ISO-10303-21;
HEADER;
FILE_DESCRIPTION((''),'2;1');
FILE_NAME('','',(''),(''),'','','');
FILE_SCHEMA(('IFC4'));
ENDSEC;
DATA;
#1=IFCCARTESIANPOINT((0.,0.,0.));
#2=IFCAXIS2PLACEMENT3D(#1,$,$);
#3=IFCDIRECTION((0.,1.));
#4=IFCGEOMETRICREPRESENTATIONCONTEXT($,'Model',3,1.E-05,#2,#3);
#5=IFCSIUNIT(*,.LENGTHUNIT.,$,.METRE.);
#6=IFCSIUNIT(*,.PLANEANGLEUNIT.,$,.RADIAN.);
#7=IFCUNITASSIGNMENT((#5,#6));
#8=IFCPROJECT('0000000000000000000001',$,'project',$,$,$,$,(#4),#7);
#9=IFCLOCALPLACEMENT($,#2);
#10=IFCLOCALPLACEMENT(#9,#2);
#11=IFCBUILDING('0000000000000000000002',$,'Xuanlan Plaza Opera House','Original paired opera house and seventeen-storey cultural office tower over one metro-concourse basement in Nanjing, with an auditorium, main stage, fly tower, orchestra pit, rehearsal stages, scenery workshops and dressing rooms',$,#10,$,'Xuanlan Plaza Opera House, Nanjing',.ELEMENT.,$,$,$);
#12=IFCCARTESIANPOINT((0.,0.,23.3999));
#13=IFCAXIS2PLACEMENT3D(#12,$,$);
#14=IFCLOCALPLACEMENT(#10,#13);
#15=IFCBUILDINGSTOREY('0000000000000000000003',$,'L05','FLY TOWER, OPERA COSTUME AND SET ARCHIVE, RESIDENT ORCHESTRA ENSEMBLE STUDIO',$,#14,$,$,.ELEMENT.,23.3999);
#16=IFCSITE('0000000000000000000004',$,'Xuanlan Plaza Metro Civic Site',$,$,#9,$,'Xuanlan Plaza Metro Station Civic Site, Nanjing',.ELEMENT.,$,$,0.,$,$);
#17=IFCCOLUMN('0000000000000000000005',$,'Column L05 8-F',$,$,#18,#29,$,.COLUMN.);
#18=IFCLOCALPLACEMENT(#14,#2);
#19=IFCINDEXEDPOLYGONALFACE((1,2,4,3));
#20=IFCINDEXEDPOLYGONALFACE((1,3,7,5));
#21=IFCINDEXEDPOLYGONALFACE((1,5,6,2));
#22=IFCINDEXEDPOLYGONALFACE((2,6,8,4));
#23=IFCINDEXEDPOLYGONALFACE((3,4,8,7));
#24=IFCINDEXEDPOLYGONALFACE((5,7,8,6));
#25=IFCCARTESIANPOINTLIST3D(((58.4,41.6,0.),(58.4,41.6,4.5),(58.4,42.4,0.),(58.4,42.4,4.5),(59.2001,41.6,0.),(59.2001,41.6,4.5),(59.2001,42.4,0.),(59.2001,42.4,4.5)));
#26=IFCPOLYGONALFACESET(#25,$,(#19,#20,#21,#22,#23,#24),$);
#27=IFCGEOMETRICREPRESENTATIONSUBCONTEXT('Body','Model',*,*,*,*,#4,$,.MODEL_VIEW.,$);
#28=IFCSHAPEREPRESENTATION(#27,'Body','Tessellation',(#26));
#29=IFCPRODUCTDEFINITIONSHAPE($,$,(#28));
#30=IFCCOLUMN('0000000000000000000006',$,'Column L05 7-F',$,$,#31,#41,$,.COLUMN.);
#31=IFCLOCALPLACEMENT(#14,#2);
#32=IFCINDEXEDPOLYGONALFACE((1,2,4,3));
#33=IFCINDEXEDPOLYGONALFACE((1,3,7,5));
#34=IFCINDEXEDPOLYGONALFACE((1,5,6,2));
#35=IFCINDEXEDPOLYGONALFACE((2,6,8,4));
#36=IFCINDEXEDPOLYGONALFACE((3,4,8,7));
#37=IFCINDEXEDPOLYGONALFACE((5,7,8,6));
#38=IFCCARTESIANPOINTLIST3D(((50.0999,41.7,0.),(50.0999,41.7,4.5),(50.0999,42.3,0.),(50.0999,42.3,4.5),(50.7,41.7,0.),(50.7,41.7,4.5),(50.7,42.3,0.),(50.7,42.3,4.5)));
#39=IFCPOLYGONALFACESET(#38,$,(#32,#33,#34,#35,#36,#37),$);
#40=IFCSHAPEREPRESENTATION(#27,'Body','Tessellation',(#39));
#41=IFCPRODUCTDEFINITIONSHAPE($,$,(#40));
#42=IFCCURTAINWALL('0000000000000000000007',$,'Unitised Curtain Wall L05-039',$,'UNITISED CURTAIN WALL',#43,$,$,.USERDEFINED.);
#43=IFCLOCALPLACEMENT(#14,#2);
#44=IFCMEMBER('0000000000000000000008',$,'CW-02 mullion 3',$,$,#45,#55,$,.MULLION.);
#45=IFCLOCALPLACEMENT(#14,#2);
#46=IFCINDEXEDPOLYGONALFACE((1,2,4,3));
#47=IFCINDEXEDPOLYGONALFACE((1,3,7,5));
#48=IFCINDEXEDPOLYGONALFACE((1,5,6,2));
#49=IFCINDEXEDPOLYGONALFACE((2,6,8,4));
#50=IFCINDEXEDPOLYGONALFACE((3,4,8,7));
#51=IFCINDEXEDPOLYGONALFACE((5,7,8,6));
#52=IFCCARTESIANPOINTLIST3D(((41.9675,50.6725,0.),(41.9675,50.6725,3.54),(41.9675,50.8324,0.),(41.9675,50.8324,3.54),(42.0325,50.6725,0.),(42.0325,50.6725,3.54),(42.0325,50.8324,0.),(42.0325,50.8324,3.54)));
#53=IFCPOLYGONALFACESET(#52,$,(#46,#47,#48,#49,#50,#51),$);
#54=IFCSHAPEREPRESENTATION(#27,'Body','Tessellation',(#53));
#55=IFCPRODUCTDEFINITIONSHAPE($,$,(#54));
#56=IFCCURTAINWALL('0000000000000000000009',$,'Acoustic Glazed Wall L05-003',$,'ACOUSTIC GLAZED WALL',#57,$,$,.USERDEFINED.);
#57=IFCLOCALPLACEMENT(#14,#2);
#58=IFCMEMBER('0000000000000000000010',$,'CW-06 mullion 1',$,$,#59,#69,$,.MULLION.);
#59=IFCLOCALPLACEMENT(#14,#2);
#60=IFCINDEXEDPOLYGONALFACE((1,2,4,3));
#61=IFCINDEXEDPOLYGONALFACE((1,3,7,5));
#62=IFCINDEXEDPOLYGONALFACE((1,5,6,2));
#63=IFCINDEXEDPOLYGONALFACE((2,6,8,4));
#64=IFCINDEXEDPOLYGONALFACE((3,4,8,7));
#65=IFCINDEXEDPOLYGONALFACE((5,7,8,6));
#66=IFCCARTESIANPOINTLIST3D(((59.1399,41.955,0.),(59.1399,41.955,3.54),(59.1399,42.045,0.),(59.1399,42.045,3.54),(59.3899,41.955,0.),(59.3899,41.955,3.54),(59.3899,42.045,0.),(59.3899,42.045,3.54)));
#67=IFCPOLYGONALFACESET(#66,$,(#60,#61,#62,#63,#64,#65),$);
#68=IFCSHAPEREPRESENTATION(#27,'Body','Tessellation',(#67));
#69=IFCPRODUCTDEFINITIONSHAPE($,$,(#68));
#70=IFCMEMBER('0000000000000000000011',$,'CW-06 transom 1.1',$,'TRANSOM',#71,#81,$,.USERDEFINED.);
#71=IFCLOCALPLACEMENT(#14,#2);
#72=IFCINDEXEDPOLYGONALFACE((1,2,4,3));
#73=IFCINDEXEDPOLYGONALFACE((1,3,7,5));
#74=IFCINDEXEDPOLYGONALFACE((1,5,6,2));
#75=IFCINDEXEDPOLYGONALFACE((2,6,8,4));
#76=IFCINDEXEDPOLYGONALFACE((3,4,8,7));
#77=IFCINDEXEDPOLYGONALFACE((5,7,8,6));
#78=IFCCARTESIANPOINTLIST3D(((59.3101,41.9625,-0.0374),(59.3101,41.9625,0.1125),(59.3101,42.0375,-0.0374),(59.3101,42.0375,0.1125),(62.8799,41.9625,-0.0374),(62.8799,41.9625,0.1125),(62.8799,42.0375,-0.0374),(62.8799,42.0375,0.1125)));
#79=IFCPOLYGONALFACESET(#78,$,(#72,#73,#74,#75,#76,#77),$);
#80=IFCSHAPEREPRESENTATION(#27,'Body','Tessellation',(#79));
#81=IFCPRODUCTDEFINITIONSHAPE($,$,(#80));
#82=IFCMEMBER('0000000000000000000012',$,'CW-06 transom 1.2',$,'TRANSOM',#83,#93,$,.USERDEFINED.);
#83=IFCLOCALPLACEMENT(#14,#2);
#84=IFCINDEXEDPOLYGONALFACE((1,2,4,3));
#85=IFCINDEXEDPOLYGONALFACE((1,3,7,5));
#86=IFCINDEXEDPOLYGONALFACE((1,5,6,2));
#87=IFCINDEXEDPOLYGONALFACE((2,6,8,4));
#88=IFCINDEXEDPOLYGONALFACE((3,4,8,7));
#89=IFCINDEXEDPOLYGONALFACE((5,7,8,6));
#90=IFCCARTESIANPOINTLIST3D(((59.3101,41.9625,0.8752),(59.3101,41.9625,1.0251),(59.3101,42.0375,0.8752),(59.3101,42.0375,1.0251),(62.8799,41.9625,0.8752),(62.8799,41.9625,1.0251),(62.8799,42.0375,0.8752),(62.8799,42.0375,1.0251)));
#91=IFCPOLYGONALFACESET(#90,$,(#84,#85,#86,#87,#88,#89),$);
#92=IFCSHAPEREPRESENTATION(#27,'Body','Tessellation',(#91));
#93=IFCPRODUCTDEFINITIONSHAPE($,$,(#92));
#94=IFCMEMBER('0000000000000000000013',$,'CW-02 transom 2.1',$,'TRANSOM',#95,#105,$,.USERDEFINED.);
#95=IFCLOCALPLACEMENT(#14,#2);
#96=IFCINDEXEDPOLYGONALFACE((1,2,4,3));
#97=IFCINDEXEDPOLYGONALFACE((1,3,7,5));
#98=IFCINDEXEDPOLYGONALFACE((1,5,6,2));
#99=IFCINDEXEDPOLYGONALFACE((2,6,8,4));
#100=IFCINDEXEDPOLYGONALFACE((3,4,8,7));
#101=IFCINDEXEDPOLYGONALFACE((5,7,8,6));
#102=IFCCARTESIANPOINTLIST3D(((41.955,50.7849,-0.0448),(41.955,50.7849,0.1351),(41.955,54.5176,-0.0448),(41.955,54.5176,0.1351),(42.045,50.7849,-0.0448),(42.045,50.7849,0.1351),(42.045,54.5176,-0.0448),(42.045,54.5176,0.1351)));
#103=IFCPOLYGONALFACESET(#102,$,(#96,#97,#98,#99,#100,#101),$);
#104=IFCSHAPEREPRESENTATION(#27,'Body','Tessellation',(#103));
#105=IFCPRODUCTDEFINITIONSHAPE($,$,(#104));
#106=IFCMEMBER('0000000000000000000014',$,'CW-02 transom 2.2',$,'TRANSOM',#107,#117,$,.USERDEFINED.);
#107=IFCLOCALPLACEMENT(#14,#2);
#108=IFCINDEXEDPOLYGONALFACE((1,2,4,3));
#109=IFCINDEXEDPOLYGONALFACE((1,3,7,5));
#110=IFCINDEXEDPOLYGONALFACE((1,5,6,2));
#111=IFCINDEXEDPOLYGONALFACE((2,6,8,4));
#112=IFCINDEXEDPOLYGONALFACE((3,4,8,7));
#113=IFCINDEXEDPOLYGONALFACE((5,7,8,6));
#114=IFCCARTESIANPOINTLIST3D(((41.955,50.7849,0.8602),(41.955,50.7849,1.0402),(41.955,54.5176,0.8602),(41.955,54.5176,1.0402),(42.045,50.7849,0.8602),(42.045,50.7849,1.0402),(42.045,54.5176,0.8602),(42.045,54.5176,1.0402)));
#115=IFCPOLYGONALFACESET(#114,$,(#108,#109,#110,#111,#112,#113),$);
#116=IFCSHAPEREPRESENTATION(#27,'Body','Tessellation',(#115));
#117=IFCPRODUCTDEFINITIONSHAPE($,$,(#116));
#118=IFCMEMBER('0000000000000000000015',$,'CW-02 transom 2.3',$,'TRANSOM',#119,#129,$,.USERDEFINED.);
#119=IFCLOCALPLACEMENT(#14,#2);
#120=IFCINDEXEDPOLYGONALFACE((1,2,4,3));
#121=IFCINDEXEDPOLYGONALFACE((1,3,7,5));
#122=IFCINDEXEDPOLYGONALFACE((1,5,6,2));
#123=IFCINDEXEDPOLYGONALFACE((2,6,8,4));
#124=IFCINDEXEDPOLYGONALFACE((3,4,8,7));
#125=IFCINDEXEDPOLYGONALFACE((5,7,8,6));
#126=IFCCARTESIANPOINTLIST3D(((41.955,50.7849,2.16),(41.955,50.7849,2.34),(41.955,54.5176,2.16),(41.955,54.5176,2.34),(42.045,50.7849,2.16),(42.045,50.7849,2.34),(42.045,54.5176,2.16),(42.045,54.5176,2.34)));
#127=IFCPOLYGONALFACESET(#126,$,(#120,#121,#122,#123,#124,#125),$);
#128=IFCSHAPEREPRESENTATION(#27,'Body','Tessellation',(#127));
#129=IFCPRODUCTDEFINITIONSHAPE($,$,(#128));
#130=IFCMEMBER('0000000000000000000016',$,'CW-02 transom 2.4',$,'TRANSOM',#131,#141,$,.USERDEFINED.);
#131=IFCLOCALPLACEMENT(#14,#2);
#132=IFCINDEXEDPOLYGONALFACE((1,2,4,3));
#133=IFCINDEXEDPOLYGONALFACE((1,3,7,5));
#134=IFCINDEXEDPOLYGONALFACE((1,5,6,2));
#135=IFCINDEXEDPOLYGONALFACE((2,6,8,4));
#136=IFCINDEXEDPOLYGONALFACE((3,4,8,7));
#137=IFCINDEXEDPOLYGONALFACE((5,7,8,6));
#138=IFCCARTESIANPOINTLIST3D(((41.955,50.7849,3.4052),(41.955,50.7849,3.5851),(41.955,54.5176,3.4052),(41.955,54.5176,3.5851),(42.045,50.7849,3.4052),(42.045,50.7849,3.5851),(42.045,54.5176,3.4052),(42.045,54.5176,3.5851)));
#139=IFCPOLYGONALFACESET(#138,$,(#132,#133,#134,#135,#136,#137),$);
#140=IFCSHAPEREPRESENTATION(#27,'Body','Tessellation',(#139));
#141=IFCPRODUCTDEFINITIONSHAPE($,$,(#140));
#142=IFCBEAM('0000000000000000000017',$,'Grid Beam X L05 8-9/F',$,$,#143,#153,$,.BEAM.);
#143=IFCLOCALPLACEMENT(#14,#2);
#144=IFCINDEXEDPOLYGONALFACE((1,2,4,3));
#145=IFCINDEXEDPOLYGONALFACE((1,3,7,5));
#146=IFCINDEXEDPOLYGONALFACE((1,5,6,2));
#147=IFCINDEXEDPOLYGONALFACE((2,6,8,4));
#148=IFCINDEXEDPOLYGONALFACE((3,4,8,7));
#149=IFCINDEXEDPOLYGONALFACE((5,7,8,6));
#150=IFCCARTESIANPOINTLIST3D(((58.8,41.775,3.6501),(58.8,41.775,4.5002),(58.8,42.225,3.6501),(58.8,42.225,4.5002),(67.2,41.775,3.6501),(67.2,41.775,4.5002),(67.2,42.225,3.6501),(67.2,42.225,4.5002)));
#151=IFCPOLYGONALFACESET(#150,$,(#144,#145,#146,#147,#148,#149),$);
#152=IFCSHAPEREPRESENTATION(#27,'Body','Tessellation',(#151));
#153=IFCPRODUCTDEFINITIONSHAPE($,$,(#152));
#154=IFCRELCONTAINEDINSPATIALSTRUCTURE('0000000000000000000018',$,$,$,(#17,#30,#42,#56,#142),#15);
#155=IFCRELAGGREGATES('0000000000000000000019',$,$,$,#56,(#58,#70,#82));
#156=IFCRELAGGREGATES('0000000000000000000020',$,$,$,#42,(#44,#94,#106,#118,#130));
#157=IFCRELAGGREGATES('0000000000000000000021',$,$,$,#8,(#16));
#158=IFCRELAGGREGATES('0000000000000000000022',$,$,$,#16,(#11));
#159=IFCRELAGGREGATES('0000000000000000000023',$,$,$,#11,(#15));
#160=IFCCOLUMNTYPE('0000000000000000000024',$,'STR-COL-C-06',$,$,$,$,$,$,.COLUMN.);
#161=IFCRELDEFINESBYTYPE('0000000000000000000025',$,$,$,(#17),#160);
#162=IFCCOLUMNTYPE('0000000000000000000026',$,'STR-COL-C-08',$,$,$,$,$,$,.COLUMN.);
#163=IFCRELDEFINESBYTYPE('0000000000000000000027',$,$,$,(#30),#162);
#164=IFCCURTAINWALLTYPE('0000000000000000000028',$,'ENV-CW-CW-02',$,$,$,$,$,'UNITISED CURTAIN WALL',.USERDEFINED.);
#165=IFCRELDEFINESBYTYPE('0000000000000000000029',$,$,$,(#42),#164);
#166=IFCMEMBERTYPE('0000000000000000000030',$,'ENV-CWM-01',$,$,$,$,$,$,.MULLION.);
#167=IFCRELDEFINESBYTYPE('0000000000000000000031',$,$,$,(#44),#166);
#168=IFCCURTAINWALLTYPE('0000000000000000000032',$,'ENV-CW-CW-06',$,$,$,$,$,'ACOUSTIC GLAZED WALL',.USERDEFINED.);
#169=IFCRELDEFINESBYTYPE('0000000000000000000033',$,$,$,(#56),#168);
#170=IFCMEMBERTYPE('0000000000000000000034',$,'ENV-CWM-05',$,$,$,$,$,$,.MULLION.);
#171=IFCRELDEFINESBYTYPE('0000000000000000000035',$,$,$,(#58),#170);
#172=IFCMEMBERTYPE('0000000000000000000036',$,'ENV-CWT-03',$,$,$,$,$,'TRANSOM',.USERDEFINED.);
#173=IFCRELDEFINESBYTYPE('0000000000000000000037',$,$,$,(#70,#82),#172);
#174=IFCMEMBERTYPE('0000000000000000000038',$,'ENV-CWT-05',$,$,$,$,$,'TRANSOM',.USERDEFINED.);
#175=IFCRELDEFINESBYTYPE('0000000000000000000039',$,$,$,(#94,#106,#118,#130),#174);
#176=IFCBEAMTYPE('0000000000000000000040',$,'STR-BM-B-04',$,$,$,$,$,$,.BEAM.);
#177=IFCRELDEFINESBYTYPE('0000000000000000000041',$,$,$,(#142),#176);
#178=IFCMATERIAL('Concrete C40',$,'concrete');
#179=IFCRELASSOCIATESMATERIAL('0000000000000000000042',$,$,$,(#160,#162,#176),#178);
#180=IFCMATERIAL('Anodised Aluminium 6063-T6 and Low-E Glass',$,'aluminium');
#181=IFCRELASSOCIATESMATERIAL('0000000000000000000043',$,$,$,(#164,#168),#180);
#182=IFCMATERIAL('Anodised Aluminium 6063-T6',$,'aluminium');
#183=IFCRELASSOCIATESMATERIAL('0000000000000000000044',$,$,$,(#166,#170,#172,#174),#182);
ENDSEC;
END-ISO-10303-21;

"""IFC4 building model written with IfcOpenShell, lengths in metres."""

from ifc_helpers import new_model, si_unit, direction, frame, origin, origin_2d, place, context, subcontext, project, spatial, rectangle, extrude, material, material_profile, profile_set, type_object, element, aggregate, save


model = new_model("IFC4")

# Units and contexts
model_context = context("Model", 3, precision=1e-05, world=origin(), true_north=direction((0.0, 1.0)))
body_context = subcontext(model_context, "Body", "Model", "MODEL_VIEW")
ifc_project = project(units=[si_unit("LENGTHUNIT", "METRE"), si_unit("PLANEANGLEUNIT", "RADIAN")], contexts=[model_context])

# Site, building, storey
site_placement = place(None, origin())
site = spatial("IfcSite", under=ifc_project, at=site_placement, Name="Xuanlan Plaza Metro Civic Site", LongName="Xuanlan Plaza Metro Station Civic Site, Nanjing", CompositionType="ELEMENT", RefElevation=0.0)
building_placement = place(site_placement, origin())
building = spatial("IfcBuilding", under=site, at=building_placement, Name="Xuanlan Plaza Opera House", Description="Original paired opera house and seventeen-storey cultural office tower over one metro-concourse basement in Nanjing, with an auditorium, main stage, fly tower, orchestra pit, rehearsal stages, scenery workshops and dressing rooms", LongName="Xuanlan Plaza Opera House, Nanjing", CompositionType="ELEMENT")
storey_placement = place(building_placement, frame((0.0, 0.0, 23.3999)))
storey = spatial("IfcBuildingStorey", under=building, at=storey_placement, Name="L05", Description="FLY TOWER, OPERA COSTUME AND SET ARCHIVE, RESIDENT ORCHESTRA ENSEMBLE STUDIO", CompositionType="ELEMENT", Elevation=23.3999)

# Columns
ifc_material_1 = material(Name="Concrete C40", Category="concrete")
ifc_material_profile_1 = material_profile(ifc_material_1, rectangle(XDim=0.8, YDim=0.8, at=origin_2d()), Name="RC-COL 800x800")
ifc_profile_set_1 = profile_set([ifc_material_profile_1], Name="Concrete C40")
column_type_1 = type_object("IfcColumnType", Name="STR-COL-C-06", PredefinedType="COLUMN", material=ifc_profile_set_1)
column_1_placement = place(storey_placement, frame((58.8, 42.0, 0.0), z_axis=(0.0, 0.0, 1.0), x_axis=(1.0, 0.0, 0.0)))
element("IfcColumn", 1, at=column_1_placement, inside=storey, type_object=column_type_1, Name="Column L05 8-F", PredefinedType="COLUMN", context=body_context, shape_type="SweptSolid", body=[
    extrude(rectangle(XDim=0.8, YDim=0.8, at=origin_2d()), origin(), (0.0, 0.0, 1.0), 4.5),
])
ifc_material_profile_2 = material_profile(ifc_material_1, rectangle(XDim=0.6001, YDim=0.6001, at=origin_2d()), Name="RC-COL 600x600")
ifc_profile_set_2 = profile_set([ifc_material_profile_2], Name="Concrete C40")
column_type_2 = type_object("IfcColumnType", Name="STR-COL-C-08", PredefinedType="COLUMN", material=ifc_profile_set_2)
column_2_placement = place(storey_placement, frame((50.3999, 42.0, 0.0), z_axis=(0.0, 0.0, 1.0), x_axis=(1.0, 0.0, 0.0)))
element("IfcColumn", 2, at=column_2_placement, inside=storey, type_object=column_type_2, Name="Column L05 7-F", PredefinedType="COLUMN", context=body_context, shape_type="SweptSolid", body=[
    extrude(rectangle(XDim=0.6001, YDim=0.6001, at=origin_2d()), origin(), (0.0, 0.0, 1.0), 4.5),
])

# Curtain wall, member
ifc_material_2 = material(Name="Anodised Aluminium 6063-T6 and Low-E Glass", Category="aluminium")
curtain_wall_type_1 = type_object("IfcCurtainWallType", Name="ENV-CW-CW-02", ElementType="UNITISED CURTAIN WALL", PredefinedType="USERDEFINED", material=ifc_material_2)
curtain_wall_1_placement = place(storey_placement, origin())
curtain_wall_1 = element("IfcCurtainWall", 3, at=curtain_wall_1_placement, inside=storey, type_object=curtain_wall_type_1, Name="Unitised Curtain Wall L05-039", ObjectType="UNITISED CURTAIN WALL", PredefinedType="USERDEFINED")
ifc_material_3 = material(Name="Anodised Aluminium 6063-T6", Category="aluminium")
ifc_material_profile_3 = material_profile(ifc_material_3, rectangle(XDim=0.0649, YDim=0.1599, at=origin_2d()), Name="ALU-M 65x160")
ifc_profile_set_3 = profile_set([ifc_material_profile_3], Name="Anodised Aluminium 6063-T6")
member_type_1 = type_object("IfcMemberType", Name="ENV-CWM-01", PredefinedType="MULLION", material=ifc_profile_set_3)
member_1_placement = place(storey_placement, frame((42.0, 50.7524, 0.0), z_axis=(0.0, 0.0, 1.0), x_axis=(1.0, 0.0, 0.0)))
member_1 = element("IfcMember", 4, at=member_1_placement, type_object=member_type_1, Name="CW-02 mullion 3", PredefinedType="MULLION", context=body_context, shape_type="SweptSolid", body=[
    extrude(rectangle(XDim=0.0649, YDim=0.1599, at=origin_2d()), origin(), (0.0, 0.0, 1.0), 3.54),
])

# Curtain wall, members
curtain_wall_type_2 = type_object("IfcCurtainWallType", Name="ENV-CW-CW-06", ElementType="ACOUSTIC GLAZED WALL", PredefinedType="USERDEFINED", material=ifc_material_2)
curtain_wall_2_placement = place(storey_placement, origin())
curtain_wall_2 = element("IfcCurtainWall", 5, at=curtain_wall_2_placement, inside=storey, type_object=curtain_wall_type_2, Name="Acoustic Glazed Wall L05-003", ObjectType="ACOUSTIC GLAZED WALL", PredefinedType="USERDEFINED")
ifc_material_profile_4 = material_profile(ifc_material_3, rectangle(XDim=0.0901, YDim=0.25, at=origin_2d()), Name="ALU-M 90x250")
ifc_profile_set_4 = profile_set([ifc_material_profile_4], Name="Anodised Aluminium 6063-T6")
member_type_2 = type_object("IfcMemberType", Name="ENV-CWM-05", PredefinedType="MULLION", material=ifc_profile_set_4)
member_2_placement = place(storey_placement, frame((59.2649, 42.0, 0.0), z_axis=(0.0, 0.0, 1.0), x_axis=(0.0, 1.0, 0.0)))
member_2 = element("IfcMember", 6, at=member_2_placement, type_object=member_type_2, Name="CW-06 mullion 1", PredefinedType="MULLION", context=body_context, shape_type="SweptSolid", body=[
    extrude(rectangle(XDim=0.0901, YDim=0.25, at=origin_2d()), origin(), (0.0, 0.0, 1.0), 3.54),
])
ifc_material_profile_5 = material_profile(ifc_material_3, rectangle(XDim=0.075, YDim=0.1499, at=origin_2d()), Name="ALU-T 75x150")
ifc_profile_set_5 = profile_set([ifc_material_profile_5], Name="Anodised Aluminium 6063-T6")
member_type_3 = type_object("IfcMemberType", Name="ENV-CWT-03", ElementType="TRANSOM", PredefinedType="USERDEFINED", material=ifc_profile_set_5)
member_3_placement = place(storey_placement, frame((59.3101, 42.0, 0.0376), z_axis=(1.0, 0.0, 0.0), x_axis=(0.0, 1.0, 0.0)))
member_3 = element("IfcMember", 7, at=member_3_placement, type_object=member_type_3, Name="CW-06 transom 1.1", ObjectType="TRANSOM", PredefinedType="USERDEFINED", context=body_context, shape_type="SweptSolid", body=[
    extrude(rectangle(XDim=0.075, YDim=0.1499, at=origin_2d()), origin(), (0.0, 0.0, 1.0), 3.5698),
])
member_4_placement = place(storey_placement, frame((59.3101, 42.0, 0.9502), z_axis=(1.0, 0.0, 0.0), x_axis=(0.0, 1.0, 0.0)))
member_4 = element("IfcMember", 8, at=member_4_placement, type_object=member_type_3, Name="CW-06 transom 1.2", ObjectType="TRANSOM", PredefinedType="USERDEFINED", context=body_context, shape_type="SweptSolid", body=[
    extrude(rectangle(XDim=0.075, YDim=0.1499, at=origin_2d()), origin(), (0.0, 0.0, 1.0), 3.5698),
])
aggregate(curtain_wall_2, [member_2, member_3, member_4])

# Members
ifc_material_profile_6 = material_profile(ifc_material_3, rectangle(XDim=0.0901, YDim=0.1799, at=origin_2d()), Name="ALU-T 90x180")
ifc_profile_set_6 = profile_set([ifc_material_profile_6], Name="Anodised Aluminium 6063-T6")
member_type_4 = type_object("IfcMemberType", Name="ENV-CWT-05", ElementType="TRANSOM", PredefinedType="USERDEFINED", material=ifc_profile_set_6)
member_5_placement = place(storey_placement, frame((42.0, 54.5176, 0.0452), z_axis=(0.0, -1.0, 0.0), x_axis=(1.0, 0.0, 0.0)))
member_5 = element("IfcMember", 9, at=member_5_placement, type_object=member_type_4, Name="CW-02 transom 2.1", ObjectType="TRANSOM", PredefinedType="USERDEFINED", context=body_context, shape_type="SweptSolid", body=[
    extrude(rectangle(XDim=0.0901, YDim=0.1799, at=origin_2d()), origin(), (0.0, 0.0, 1.0), 3.7327),
])
member_6_placement = place(storey_placement, frame((42.0, 54.5176, 0.9502), z_axis=(0.0, -1.0, 0.0), x_axis=(1.0, 0.0, 0.0)))
member_6 = element("IfcMember", 10, at=member_6_placement, type_object=member_type_4, Name="CW-02 transom 2.2", ObjectType="TRANSOM", PredefinedType="USERDEFINED", context=body_context, shape_type="SweptSolid", body=[
    extrude(rectangle(XDim=0.0901, YDim=0.1799, at=origin_2d()), origin(), (0.0, 0.0, 1.0), 3.7327),
])
member_7_placement = place(storey_placement, frame((42.0, 54.5176, 2.25), z_axis=(0.0, -1.0, 0.0), x_axis=(1.0, 0.0, 0.0)))
member_7 = element("IfcMember", 11, at=member_7_placement, type_object=member_type_4, Name="CW-02 transom 2.3", ObjectType="TRANSOM", PredefinedType="USERDEFINED", context=body_context, shape_type="SweptSolid", body=[
    extrude(rectangle(XDim=0.0901, YDim=0.1799, at=origin_2d()), origin(), (0.0, 0.0, 1.0), 3.7327),
])
member_8_placement = place(storey_placement, frame((42.0, 54.5176, 3.4951), z_axis=(0.0, -1.0, 0.0), x_axis=(1.0, 0.0, 0.0)))
member_8 = element("IfcMember", 12, at=member_8_placement, type_object=member_type_4, Name="CW-02 transom 2.4", ObjectType="TRANSOM", PredefinedType="USERDEFINED", context=body_context, shape_type="SweptSolid", body=[
    extrude(rectangle(XDim=0.0901, YDim=0.1799, at=origin_2d()), origin(), (0.0, 0.0, 1.0), 3.7327),
])

# Beam
ifc_material_profile_7 = material_profile(ifc_material_1, rectangle(XDim=0.45, YDim=0.8501, at=origin_2d()), Name="RC-BM 450x850")
ifc_profile_set_7 = profile_set([ifc_material_profile_7], Name="Concrete C40")
beam_type_1 = type_object("IfcBeamType", Name="STR-BM-B-04", PredefinedType="BEAM", material=ifc_profile_set_7)
beam_1_placement = place(storey_placement, frame((58.8, 42.0, 4.0752), z_axis=(1.0, 0.0, 0.0), x_axis=(0.0, 1.0, 0.0)))
element("IfcBeam", 13, at=beam_1_placement, inside=storey, type_object=beam_type_1, Name="Grid Beam X L05 8-9/F", PredefinedType="BEAM", context=body_context, shape_type="SweptSolid", body=[
    extrude(rectangle(XDim=0.45, YDim=0.8501, at=origin_2d()), origin(), (0.0, 0.0, 1.0), 8.3999),
])

aggregate(curtain_wall_1, [member_1, member_5, member_6, member_7, member_8])

save(model, "model.ifc")
